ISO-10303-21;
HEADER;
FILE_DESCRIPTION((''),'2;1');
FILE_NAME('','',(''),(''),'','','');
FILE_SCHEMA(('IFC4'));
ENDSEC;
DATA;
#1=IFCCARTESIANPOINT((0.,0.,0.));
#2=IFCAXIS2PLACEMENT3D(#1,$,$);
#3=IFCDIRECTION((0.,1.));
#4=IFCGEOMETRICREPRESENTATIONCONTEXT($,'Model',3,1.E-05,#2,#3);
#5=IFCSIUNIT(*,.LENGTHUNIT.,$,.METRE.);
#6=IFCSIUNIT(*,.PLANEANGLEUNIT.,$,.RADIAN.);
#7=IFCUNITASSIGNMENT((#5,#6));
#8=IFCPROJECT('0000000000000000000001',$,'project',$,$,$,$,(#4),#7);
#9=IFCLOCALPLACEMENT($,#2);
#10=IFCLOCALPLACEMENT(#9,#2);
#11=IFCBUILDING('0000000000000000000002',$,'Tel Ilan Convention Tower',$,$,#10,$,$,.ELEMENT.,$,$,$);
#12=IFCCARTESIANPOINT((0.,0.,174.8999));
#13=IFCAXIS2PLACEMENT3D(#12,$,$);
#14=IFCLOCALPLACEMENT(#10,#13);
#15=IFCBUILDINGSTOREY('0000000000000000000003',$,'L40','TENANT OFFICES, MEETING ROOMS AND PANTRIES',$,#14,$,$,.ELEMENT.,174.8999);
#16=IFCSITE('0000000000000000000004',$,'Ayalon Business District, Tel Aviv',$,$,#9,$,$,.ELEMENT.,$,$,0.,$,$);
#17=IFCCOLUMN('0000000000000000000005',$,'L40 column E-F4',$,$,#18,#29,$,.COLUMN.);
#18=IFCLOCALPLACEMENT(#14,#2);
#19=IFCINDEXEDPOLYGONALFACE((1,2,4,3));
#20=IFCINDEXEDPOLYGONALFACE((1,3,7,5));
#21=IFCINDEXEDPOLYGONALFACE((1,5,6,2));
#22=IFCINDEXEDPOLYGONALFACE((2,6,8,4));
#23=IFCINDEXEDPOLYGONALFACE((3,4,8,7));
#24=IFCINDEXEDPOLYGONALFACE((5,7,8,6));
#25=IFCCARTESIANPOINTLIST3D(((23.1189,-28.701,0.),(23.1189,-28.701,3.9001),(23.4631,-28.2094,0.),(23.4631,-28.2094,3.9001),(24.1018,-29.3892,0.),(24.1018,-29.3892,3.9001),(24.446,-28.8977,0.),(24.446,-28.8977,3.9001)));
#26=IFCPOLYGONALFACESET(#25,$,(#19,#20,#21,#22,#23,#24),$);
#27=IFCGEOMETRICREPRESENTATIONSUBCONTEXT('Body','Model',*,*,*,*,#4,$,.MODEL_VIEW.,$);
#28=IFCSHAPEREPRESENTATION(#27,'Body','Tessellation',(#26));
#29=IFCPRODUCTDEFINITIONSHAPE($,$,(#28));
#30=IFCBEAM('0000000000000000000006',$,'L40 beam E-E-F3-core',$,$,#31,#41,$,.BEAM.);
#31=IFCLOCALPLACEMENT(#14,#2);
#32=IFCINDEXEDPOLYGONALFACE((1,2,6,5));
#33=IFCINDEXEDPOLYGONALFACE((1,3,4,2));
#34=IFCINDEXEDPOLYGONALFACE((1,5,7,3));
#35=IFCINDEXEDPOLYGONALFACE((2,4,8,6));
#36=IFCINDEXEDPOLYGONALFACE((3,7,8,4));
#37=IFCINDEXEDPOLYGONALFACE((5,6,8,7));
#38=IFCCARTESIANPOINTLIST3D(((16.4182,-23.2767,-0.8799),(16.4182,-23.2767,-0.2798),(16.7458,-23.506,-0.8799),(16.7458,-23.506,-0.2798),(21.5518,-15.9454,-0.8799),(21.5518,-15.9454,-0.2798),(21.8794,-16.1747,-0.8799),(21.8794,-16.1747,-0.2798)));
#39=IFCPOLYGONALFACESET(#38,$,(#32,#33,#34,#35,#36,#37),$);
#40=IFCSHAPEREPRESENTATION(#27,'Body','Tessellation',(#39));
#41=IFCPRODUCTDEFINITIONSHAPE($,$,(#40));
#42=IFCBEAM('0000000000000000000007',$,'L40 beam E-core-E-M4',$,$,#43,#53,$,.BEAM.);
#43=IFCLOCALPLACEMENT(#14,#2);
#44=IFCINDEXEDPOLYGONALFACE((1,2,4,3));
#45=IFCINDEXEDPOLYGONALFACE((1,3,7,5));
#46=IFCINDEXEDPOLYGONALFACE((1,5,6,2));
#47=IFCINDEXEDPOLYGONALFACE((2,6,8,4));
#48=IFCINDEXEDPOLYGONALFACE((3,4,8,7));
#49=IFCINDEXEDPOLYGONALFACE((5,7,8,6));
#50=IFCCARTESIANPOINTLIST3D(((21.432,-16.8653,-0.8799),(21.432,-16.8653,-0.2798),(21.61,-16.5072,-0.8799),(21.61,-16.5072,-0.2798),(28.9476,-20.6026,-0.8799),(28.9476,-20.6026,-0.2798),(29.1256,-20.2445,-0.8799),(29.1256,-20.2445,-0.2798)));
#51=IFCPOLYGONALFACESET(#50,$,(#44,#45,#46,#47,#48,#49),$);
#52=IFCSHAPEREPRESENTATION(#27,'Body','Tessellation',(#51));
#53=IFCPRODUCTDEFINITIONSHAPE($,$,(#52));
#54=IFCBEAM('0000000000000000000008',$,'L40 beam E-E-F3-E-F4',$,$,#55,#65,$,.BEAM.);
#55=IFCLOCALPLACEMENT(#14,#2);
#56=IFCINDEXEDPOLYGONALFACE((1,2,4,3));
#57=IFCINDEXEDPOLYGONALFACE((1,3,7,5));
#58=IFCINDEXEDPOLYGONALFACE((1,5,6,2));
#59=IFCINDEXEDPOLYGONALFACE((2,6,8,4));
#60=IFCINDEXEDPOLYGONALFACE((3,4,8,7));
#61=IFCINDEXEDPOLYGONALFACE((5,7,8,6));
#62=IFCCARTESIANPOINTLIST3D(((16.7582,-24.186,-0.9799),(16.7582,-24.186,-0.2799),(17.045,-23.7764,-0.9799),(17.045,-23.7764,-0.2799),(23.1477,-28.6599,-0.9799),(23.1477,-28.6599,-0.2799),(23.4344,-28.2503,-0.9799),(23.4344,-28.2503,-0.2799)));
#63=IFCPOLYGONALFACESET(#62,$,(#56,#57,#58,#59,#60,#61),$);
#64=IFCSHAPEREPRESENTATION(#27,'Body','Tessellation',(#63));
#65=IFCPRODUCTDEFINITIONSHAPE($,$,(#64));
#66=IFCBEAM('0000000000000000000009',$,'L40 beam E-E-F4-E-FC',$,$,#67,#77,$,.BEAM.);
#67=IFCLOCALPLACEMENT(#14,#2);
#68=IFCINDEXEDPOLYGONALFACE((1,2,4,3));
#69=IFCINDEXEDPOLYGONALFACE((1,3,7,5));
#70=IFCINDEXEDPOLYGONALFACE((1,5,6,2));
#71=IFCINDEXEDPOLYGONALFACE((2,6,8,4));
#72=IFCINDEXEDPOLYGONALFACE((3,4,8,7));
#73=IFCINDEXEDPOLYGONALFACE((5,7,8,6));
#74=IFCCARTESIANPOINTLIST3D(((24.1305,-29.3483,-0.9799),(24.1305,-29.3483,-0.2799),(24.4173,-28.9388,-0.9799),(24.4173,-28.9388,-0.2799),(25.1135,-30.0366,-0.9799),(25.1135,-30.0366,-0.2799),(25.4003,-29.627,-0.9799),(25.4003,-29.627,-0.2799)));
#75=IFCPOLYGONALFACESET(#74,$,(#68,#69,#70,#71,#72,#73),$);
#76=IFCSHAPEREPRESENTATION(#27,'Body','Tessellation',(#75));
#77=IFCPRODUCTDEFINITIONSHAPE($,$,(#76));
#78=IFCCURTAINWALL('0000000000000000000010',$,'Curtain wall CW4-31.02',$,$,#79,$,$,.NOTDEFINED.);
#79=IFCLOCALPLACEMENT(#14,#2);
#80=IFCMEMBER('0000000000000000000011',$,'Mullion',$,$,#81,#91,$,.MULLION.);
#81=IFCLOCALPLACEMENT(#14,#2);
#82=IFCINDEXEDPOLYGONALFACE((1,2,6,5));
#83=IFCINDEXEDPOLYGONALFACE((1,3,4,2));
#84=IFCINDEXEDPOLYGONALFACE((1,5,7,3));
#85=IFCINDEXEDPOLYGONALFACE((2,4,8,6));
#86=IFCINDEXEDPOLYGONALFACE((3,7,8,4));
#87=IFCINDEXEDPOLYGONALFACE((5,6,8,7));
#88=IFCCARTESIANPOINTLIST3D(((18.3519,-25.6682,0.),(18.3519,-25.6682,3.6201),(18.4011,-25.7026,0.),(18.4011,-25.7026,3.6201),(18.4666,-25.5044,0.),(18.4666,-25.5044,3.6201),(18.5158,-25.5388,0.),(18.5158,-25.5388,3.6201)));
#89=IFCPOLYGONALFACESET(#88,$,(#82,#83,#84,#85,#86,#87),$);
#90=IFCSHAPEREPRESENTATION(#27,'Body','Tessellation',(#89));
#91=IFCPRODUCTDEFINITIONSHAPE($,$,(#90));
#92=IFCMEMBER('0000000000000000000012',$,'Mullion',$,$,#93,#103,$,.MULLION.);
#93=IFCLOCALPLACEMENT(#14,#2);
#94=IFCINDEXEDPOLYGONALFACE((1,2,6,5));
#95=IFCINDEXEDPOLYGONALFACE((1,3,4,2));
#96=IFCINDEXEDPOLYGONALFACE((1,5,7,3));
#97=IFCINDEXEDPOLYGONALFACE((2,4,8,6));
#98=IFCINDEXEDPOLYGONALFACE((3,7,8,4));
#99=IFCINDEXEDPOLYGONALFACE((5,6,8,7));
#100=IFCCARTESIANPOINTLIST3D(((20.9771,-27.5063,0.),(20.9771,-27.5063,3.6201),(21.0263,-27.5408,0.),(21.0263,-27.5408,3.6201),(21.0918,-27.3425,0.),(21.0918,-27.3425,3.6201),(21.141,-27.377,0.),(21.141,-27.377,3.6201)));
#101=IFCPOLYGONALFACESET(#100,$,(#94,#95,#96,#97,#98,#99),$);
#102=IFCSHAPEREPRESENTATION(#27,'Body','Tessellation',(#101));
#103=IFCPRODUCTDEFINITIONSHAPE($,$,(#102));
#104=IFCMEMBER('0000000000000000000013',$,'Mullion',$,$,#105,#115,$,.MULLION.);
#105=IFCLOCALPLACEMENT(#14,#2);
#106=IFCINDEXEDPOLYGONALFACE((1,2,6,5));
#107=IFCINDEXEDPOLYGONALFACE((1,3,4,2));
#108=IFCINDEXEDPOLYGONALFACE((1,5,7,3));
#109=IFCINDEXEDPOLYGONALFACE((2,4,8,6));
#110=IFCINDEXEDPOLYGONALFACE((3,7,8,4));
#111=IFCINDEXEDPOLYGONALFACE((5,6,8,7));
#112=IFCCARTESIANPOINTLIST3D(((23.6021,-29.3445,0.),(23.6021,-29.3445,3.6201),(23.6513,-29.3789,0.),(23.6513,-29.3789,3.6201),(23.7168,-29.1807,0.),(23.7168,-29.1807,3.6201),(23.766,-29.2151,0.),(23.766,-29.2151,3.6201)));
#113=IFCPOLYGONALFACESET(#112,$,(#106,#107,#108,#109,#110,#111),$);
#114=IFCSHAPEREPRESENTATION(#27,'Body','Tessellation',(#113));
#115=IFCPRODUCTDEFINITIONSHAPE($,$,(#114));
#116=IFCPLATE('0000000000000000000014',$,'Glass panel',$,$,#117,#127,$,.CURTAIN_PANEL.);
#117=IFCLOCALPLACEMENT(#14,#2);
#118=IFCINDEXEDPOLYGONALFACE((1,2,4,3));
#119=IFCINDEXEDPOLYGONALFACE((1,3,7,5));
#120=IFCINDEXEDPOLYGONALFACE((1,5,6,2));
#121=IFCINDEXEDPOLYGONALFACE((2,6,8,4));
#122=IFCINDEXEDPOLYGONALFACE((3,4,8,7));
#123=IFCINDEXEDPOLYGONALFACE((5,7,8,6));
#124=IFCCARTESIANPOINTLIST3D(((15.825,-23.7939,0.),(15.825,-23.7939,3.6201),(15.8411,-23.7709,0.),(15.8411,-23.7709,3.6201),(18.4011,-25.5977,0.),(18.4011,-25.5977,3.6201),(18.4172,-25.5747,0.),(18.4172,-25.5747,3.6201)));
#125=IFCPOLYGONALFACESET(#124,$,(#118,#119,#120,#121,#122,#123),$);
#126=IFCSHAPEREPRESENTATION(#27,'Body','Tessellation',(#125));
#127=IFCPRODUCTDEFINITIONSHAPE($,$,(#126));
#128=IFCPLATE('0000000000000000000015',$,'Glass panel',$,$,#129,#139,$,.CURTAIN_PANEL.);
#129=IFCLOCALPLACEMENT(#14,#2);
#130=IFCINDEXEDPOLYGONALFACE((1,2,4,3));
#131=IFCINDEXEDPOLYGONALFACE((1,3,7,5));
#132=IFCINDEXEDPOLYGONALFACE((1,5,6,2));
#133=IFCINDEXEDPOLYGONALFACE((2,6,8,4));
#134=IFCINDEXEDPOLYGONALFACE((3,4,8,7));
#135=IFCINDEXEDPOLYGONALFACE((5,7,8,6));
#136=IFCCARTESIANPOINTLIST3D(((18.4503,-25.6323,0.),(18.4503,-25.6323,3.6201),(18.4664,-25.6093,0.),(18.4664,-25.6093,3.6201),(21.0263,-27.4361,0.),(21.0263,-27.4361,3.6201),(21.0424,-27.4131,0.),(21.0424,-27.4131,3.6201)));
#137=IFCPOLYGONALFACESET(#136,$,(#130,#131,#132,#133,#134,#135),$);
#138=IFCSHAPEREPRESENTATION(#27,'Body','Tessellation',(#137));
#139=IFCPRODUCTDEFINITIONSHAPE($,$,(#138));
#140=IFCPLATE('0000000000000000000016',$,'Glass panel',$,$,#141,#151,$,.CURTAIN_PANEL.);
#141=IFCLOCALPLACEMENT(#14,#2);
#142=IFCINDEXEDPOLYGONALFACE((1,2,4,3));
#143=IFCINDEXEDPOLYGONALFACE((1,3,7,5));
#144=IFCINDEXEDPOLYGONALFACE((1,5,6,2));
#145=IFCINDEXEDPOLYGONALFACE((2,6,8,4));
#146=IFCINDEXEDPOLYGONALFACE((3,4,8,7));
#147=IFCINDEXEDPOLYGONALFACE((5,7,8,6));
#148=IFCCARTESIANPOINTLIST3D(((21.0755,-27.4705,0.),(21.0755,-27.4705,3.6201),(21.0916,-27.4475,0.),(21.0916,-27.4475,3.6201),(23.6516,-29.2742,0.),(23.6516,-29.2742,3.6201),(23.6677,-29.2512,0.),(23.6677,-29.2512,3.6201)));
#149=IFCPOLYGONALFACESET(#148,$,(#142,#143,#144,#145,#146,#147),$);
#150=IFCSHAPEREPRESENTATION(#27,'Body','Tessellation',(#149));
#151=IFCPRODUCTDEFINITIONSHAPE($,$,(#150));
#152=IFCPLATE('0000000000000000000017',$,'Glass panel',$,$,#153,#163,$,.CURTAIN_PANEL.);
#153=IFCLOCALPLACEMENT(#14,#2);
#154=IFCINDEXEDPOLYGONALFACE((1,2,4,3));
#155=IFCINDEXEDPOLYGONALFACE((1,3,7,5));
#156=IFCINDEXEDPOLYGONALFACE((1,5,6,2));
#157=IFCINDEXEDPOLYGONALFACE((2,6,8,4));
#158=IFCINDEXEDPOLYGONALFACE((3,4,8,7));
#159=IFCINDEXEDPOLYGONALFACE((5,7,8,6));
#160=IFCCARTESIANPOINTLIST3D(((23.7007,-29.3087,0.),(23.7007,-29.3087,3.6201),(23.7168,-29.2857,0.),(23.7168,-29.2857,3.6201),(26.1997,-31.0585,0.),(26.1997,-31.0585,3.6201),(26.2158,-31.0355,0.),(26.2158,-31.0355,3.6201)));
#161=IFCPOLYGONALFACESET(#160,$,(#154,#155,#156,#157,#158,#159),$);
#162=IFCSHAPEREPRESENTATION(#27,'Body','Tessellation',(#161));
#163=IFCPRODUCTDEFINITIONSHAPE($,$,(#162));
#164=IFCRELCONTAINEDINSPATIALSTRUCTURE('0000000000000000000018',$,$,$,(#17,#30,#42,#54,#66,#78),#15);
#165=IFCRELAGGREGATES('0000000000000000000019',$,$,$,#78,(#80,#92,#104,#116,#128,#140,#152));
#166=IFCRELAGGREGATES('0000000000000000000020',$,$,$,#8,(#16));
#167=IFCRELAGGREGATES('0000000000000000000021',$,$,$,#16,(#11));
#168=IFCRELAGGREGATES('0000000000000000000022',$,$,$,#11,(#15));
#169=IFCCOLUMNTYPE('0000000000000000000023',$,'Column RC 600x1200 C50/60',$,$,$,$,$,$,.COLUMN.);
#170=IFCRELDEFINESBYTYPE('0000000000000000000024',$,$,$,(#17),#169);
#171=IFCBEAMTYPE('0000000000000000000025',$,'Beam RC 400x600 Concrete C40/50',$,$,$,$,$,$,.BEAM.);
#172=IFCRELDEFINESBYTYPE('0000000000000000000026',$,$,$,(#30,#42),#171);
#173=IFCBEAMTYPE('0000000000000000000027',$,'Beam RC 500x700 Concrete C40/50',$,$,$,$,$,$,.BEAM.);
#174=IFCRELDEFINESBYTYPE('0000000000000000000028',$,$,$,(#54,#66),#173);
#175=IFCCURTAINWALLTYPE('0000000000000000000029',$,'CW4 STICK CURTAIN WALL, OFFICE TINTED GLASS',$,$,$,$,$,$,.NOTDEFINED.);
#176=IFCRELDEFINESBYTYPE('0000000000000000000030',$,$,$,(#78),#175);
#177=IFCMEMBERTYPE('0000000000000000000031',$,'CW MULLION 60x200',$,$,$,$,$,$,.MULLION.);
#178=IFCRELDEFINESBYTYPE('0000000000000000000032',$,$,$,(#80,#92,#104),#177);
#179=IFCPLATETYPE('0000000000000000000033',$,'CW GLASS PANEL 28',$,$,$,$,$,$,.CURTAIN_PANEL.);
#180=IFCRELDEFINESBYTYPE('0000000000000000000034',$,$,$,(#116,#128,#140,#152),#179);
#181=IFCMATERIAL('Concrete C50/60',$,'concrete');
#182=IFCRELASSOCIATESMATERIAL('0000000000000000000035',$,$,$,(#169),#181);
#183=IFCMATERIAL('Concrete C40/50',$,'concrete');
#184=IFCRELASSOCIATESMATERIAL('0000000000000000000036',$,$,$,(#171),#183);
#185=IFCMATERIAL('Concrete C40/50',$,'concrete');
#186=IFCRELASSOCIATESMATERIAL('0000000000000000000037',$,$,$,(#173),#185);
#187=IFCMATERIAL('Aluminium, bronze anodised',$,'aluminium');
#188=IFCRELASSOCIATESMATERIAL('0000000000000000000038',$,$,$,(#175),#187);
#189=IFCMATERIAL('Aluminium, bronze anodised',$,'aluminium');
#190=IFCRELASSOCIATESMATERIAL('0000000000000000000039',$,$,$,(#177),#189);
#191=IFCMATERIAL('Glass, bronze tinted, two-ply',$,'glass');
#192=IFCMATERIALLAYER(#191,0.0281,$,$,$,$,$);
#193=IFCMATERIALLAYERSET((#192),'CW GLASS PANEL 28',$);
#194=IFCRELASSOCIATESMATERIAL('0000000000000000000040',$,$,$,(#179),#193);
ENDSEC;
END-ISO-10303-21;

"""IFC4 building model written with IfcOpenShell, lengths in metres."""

from ifc_helpers import new_model, si_unit, direction, frame, origin, origin_2d, place, context, subcontext, project, spatial, rectangle, extrude, material, layer, layer_set, material_profile, profile_set, type_object, element, aggregate, save


model = new_model("IFC4")

# Units and contexts
model_context = context("Model", 3, precision=1e-05, world=origin(), true_north=direction((0.0, 1.0)))
body_context = subcontext(model_context, "Body", "Model", "MODEL_VIEW")
ifc_project = project(units=[si_unit("LENGTHUNIT", "METRE"), si_unit("PLANEANGLEUNIT", "RADIAN")], contexts=[model_context])

# Site, building, storey
site_placement = place(None, origin())
site = spatial("IfcSite", under=ifc_project, at=site_placement, Name="Ayalon Business District, Tel Aviv", CompositionType="ELEMENT", RefElevation=0.0)
building_placement = place(site_placement, origin())
building = spatial("IfcBuilding", under=site, at=building_placement, Name="Tel Ilan Convention Tower", CompositionType="ELEMENT")
storey_placement = place(building_placement, frame((0.0, 0.0, 174.8999)))
storey = spatial("IfcBuildingStorey", under=building, at=storey_placement, Name="L40", Description="TENANT OFFICES, MEETING ROOMS AND PANTRIES", CompositionType="ELEMENT", Elevation=174.8999)

# Column
ifc_material_1 = material(Name="Concrete C50/60", Category="concrete")
ifc_material_profile_1 = material_profile(ifc_material_1, rectangle(XDim=1.2, YDim=0.6001, at=origin_2d()), Name="RC 600x1200")
ifc_profile_set_1 = profile_set([ifc_material_profile_1], Name="Concrete C50/60")
column_type = type_object("IfcColumnType", Name="Column RC 600x1200 C50/60", PredefinedType="COLUMN", material=ifc_profile_set_1)
column_placement = place(storey_placement, frame((23.7825, -28.7993, 0.0), z_axis=(0.0, 0.0, 1.0), x_axis=(0.819152, -0.573576, 0.0)))
element("IfcColumn", 1, at=column_placement, inside=storey, type_object=column_type, Name="L40 column E-F4", PredefinedType="COLUMN", context=body_context, shape_type="SweptSolid", body=[
    extrude(rectangle(XDim=1.2, YDim=0.6001, at=origin_2d()), origin(), (0.0, 0.0, 1.0), 3.9001),
])

# Beams
ifc_material_2 = material(Name="Concrete C40/50", Category="concrete")
ifc_material_profile_2 = material_profile(ifc_material_2, rectangle(XDim=0.3999, YDim=0.6001, at=origin_2d()), Name="RC 400x600")
ifc_profile_set_2 = profile_set([ifc_material_profile_2], Name="Concrete C40/50")
beam_type_1 = type_object("IfcBeamType", Name="Beam RC 400x600 Concrete C40/50", PredefinedType="BEAM", material=ifc_profile_set_2)
beam_1_placement = place(storey_placement, frame((16.582, -23.3914, -0.5798), z_axis=(0.573585, 0.819146, 0.0), x_axis=(-0.819146, 0.573585, 0.0)))
element("IfcBeam", 2, at=beam_1_placement, inside=storey, type_object=beam_type_1, Name="L40 beam E-E-F3-core", PredefinedType="BEAM", context=body_context, shape_type="SweptSolid", body=[
    extrude(rectangle(XDim=0.3999, YDim=0.6001, at=origin_2d()), origin(), (0.0, 0.0, 1.0), 8.95),
])
beam_2_placement = place(storey_placement, frame((21.521, -16.6863, -0.5798), z_axis=(0.895402, -0.445258, 0.0), x_axis=(0.445258, 0.895402, 0.0)))
element("IfcBeam", 3, at=beam_2_placement, inside=storey, type_object=beam_type_1, Name="L40 beam E-core-E-M4", PredefinedType="BEAM", context=body_context, shape_type="SweptSolid", body=[
    extrude(rectangle(XDim=0.3999, YDim=0.6001, at=origin_2d()), origin(), (0.0, 0.0, 1.0), 8.3936),
])
ifc_material_3 = material(Name="Concrete C40/50", Category="concrete")
ifc_material_profile_3 = material_profile(ifc_material_3, rectangle(XDim=0.5, YDim=0.7, at=origin_2d()), Name="RC 500x700")
ifc_profile_set_3 = profile_set([ifc_material_profile_3], Name="Concrete C40/50")
beam_type_2 = type_object("IfcBeamType", Name="Beam RC 500x700 Concrete C40/50", PredefinedType="BEAM", material=ifc_profile_set_3)
beam_3_placement = place(storey_placement, frame((16.9016, -23.9812, -0.6299), z_axis=(0.819154, -0.573574, 0.0), x_axis=(0.573574, 0.819154, 0.0)))
element("IfcBeam", 4, at=beam_3_placement, inside=storey, type_object=beam_type_2, Name="L40 beam E-E-F3-E-F4", PredefinedType="BEAM", context=body_context, shape_type="SweptSolid", body=[
    extrude(rectangle(XDim=0.5, YDim=0.7, at=origin_2d()), origin(), (0.0, 0.0, 1.0), 7.8),
])
beam_4_placement = place(storey_placement, frame((24.2739, -29.1436, -0.6299), z_axis=(0.819155, -0.573572, 0.0), x_axis=(0.573572, 0.819155, 0.0)))
element("IfcBeam", 5, at=beam_4_placement, inside=storey, type_object=beam_type_2, Name="L40 beam E-E-F4-E-FC", PredefinedType="BEAM", context=body_context, shape_type="SweptSolid", body=[
    extrude(rectangle(XDim=0.5, YDim=0.7, at=origin_2d()), origin(), (0.0, 0.0, 1.0), 1.2),
])

# Curtain wall, members, plates
ifc_material_4 = material(Name="Aluminium, bronze anodised", Category="aluminium")
curtain_wall_type = type_object("IfcCurtainWallType", Name="CW4 STICK CURTAIN WALL, OFFICE TINTED GLASS", PredefinedType="NOTDEFINED", material=ifc_material_4)
curtain_wall_placement = place(storey_placement, origin())
curtain_wall = element("IfcCurtainWall", 6, at=curtain_wall_placement, inside=storey, type_object=curtain_wall_type, Name="Curtain wall CW4-31.02", PredefinedType="NOTDEFINED")
ifc_material_5 = material(Name="Aluminium, bronze anodised", Category="aluminium")
ifc_material_profile_4 = material_profile(ifc_material_5, rectangle(XDim=0.0601, YDim=0.2, at=origin_2d()), Name="CW MULLION 60x200")
ifc_profile_set_4 = profile_set([ifc_material_profile_4], Name="Aluminium, bronze anodised")
member_type = type_object("IfcMemberType", Name="CW MULLION 60x200", PredefinedType="MULLION", material=ifc_profile_set_4)
member_1_placement = place(storey_placement, frame((18.4338, -25.6035, 0.0), z_axis=(0.0, 0.0, 1.0), x_axis=(0.819152, -0.573576, 0.0)))
member_1 = element("IfcMember", 7, at=member_1_placement, type_object=member_type, Name="Mullion", PredefinedType="MULLION", context=body_context, shape_type="SweptSolid", body=[
    extrude(rectangle(XDim=0.0601, YDim=0.2, at=origin_2d()), origin(), (0.0, 0.0, 1.0), 3.6201),
])
member_2_placement = place(storey_placement, frame((21.0591, -27.4417, 0.0), z_axis=(0.0, 0.0, 1.0), x_axis=(0.819152, -0.573576, 0.0)))
member_2 = element("IfcMember", 8, at=member_2_placement, type_object=member_type, Name="Mullion", PredefinedType="MULLION", context=body_context, shape_type="SweptSolid", body=[
    extrude(rectangle(XDim=0.0601, YDim=0.2, at=origin_2d()), origin(), (0.0, 0.0, 1.0), 3.6201),
])
member_3_placement = place(storey_placement, frame((23.6841, -29.2798, 0.0), z_axis=(0.0, 0.0, 1.0), x_axis=(0.819152, -0.573576, 0.0)))
member_3 = element("IfcMember", 9, at=member_3_placement, type_object=member_type, Name="Mullion", PredefinedType="MULLION", context=body_context, shape_type="SweptSolid", body=[
    extrude(rectangle(XDim=0.0601, YDim=0.2, at=origin_2d()), origin(), (0.0, 0.0, 1.0), 3.6201),
])
ifc_material_6 = material(Name="Glass, bronze tinted, two-ply", Category="glass")
ifc_layer_1 = layer(ifc_material_6, 0.0281)
ifc_layer_set_1 = layer_set([ifc_layer_1], Name="CW GLASS PANEL 28")
plate_type = type_object("IfcPlateType", Name="CW GLASS PANEL 28", PredefinedType="CURTAIN_PANEL", material=ifc_layer_set_1)
plate_1_placement = place(storey_placement, frame((17.1211, -24.6843, 0.0), z_axis=(0.0, 0.0, 1.0), x_axis=(0.819152, -0.573576, 0.0)))
plate_1 = element("IfcPlate", 10, at=plate_1_placement, type_object=plate_type, Name="Glass panel", PredefinedType="CURTAIN_PANEL", context=body_context, shape_type="SweptSolid", body=[
    extrude(rectangle(XDim=3.1448, YDim=0.0281, at=origin_2d()), origin(), (0.0, 0.0, 1.0), 3.6201),
])
plate_2_placement = place(storey_placement, frame((19.7463, -26.5227, 0.0), z_axis=(0.0, 0.0, 1.0), x_axis=(0.819152, -0.573576, 0.0)))
plate_2 = element("IfcPlate", 11, at=plate_2_placement, type_object=plate_type, Name="Glass panel", PredefinedType="CURTAIN_PANEL", context=body_context, shape_type="SweptSolid", body=[
    extrude(rectangle(XDim=3.1448, YDim=0.0281, at=origin_2d()), origin(), (0.0, 0.0, 1.0), 3.6201),
])
plate_3_placement = place(storey_placement, frame((22.3716, -28.3608, 0.0), z_axis=(0.0, 0.0, 1.0), x_axis=(0.819152, -0.573576, 0.0)))
plate_3 = element("IfcPlate", 12, at=plate_3_placement, type_object=plate_type, Name="Glass panel", PredefinedType="CURTAIN_PANEL", context=body_context, shape_type="SweptSolid", body=[
    extrude(rectangle(XDim=3.1448, YDim=0.0281, at=origin_2d()), origin(), (0.0, 0.0, 1.0), 3.6201),
])
plate_4_placement = place(storey_placement, frame((24.9583, -30.1721, 0.0), z_axis=(0.0, 0.0, 1.0), x_axis=(0.819152, -0.573576, 0.0)))
plate_4 = element("IfcPlate", 13, at=plate_4_placement, type_object=plate_type, Name="Glass panel", PredefinedType="CURTAIN_PANEL", context=body_context, shape_type="SweptSolid", body=[
    extrude(rectangle(XDim=3.0508, YDim=0.0281, at=origin_2d()), origin(), (0.0, 0.0, 1.0), 3.6201),
])
aggregate(curtain_wall, [member_1, member_2, member_3, plate_1, plate_2, plate_3, plate_4])

save(model, "model.ifc")
